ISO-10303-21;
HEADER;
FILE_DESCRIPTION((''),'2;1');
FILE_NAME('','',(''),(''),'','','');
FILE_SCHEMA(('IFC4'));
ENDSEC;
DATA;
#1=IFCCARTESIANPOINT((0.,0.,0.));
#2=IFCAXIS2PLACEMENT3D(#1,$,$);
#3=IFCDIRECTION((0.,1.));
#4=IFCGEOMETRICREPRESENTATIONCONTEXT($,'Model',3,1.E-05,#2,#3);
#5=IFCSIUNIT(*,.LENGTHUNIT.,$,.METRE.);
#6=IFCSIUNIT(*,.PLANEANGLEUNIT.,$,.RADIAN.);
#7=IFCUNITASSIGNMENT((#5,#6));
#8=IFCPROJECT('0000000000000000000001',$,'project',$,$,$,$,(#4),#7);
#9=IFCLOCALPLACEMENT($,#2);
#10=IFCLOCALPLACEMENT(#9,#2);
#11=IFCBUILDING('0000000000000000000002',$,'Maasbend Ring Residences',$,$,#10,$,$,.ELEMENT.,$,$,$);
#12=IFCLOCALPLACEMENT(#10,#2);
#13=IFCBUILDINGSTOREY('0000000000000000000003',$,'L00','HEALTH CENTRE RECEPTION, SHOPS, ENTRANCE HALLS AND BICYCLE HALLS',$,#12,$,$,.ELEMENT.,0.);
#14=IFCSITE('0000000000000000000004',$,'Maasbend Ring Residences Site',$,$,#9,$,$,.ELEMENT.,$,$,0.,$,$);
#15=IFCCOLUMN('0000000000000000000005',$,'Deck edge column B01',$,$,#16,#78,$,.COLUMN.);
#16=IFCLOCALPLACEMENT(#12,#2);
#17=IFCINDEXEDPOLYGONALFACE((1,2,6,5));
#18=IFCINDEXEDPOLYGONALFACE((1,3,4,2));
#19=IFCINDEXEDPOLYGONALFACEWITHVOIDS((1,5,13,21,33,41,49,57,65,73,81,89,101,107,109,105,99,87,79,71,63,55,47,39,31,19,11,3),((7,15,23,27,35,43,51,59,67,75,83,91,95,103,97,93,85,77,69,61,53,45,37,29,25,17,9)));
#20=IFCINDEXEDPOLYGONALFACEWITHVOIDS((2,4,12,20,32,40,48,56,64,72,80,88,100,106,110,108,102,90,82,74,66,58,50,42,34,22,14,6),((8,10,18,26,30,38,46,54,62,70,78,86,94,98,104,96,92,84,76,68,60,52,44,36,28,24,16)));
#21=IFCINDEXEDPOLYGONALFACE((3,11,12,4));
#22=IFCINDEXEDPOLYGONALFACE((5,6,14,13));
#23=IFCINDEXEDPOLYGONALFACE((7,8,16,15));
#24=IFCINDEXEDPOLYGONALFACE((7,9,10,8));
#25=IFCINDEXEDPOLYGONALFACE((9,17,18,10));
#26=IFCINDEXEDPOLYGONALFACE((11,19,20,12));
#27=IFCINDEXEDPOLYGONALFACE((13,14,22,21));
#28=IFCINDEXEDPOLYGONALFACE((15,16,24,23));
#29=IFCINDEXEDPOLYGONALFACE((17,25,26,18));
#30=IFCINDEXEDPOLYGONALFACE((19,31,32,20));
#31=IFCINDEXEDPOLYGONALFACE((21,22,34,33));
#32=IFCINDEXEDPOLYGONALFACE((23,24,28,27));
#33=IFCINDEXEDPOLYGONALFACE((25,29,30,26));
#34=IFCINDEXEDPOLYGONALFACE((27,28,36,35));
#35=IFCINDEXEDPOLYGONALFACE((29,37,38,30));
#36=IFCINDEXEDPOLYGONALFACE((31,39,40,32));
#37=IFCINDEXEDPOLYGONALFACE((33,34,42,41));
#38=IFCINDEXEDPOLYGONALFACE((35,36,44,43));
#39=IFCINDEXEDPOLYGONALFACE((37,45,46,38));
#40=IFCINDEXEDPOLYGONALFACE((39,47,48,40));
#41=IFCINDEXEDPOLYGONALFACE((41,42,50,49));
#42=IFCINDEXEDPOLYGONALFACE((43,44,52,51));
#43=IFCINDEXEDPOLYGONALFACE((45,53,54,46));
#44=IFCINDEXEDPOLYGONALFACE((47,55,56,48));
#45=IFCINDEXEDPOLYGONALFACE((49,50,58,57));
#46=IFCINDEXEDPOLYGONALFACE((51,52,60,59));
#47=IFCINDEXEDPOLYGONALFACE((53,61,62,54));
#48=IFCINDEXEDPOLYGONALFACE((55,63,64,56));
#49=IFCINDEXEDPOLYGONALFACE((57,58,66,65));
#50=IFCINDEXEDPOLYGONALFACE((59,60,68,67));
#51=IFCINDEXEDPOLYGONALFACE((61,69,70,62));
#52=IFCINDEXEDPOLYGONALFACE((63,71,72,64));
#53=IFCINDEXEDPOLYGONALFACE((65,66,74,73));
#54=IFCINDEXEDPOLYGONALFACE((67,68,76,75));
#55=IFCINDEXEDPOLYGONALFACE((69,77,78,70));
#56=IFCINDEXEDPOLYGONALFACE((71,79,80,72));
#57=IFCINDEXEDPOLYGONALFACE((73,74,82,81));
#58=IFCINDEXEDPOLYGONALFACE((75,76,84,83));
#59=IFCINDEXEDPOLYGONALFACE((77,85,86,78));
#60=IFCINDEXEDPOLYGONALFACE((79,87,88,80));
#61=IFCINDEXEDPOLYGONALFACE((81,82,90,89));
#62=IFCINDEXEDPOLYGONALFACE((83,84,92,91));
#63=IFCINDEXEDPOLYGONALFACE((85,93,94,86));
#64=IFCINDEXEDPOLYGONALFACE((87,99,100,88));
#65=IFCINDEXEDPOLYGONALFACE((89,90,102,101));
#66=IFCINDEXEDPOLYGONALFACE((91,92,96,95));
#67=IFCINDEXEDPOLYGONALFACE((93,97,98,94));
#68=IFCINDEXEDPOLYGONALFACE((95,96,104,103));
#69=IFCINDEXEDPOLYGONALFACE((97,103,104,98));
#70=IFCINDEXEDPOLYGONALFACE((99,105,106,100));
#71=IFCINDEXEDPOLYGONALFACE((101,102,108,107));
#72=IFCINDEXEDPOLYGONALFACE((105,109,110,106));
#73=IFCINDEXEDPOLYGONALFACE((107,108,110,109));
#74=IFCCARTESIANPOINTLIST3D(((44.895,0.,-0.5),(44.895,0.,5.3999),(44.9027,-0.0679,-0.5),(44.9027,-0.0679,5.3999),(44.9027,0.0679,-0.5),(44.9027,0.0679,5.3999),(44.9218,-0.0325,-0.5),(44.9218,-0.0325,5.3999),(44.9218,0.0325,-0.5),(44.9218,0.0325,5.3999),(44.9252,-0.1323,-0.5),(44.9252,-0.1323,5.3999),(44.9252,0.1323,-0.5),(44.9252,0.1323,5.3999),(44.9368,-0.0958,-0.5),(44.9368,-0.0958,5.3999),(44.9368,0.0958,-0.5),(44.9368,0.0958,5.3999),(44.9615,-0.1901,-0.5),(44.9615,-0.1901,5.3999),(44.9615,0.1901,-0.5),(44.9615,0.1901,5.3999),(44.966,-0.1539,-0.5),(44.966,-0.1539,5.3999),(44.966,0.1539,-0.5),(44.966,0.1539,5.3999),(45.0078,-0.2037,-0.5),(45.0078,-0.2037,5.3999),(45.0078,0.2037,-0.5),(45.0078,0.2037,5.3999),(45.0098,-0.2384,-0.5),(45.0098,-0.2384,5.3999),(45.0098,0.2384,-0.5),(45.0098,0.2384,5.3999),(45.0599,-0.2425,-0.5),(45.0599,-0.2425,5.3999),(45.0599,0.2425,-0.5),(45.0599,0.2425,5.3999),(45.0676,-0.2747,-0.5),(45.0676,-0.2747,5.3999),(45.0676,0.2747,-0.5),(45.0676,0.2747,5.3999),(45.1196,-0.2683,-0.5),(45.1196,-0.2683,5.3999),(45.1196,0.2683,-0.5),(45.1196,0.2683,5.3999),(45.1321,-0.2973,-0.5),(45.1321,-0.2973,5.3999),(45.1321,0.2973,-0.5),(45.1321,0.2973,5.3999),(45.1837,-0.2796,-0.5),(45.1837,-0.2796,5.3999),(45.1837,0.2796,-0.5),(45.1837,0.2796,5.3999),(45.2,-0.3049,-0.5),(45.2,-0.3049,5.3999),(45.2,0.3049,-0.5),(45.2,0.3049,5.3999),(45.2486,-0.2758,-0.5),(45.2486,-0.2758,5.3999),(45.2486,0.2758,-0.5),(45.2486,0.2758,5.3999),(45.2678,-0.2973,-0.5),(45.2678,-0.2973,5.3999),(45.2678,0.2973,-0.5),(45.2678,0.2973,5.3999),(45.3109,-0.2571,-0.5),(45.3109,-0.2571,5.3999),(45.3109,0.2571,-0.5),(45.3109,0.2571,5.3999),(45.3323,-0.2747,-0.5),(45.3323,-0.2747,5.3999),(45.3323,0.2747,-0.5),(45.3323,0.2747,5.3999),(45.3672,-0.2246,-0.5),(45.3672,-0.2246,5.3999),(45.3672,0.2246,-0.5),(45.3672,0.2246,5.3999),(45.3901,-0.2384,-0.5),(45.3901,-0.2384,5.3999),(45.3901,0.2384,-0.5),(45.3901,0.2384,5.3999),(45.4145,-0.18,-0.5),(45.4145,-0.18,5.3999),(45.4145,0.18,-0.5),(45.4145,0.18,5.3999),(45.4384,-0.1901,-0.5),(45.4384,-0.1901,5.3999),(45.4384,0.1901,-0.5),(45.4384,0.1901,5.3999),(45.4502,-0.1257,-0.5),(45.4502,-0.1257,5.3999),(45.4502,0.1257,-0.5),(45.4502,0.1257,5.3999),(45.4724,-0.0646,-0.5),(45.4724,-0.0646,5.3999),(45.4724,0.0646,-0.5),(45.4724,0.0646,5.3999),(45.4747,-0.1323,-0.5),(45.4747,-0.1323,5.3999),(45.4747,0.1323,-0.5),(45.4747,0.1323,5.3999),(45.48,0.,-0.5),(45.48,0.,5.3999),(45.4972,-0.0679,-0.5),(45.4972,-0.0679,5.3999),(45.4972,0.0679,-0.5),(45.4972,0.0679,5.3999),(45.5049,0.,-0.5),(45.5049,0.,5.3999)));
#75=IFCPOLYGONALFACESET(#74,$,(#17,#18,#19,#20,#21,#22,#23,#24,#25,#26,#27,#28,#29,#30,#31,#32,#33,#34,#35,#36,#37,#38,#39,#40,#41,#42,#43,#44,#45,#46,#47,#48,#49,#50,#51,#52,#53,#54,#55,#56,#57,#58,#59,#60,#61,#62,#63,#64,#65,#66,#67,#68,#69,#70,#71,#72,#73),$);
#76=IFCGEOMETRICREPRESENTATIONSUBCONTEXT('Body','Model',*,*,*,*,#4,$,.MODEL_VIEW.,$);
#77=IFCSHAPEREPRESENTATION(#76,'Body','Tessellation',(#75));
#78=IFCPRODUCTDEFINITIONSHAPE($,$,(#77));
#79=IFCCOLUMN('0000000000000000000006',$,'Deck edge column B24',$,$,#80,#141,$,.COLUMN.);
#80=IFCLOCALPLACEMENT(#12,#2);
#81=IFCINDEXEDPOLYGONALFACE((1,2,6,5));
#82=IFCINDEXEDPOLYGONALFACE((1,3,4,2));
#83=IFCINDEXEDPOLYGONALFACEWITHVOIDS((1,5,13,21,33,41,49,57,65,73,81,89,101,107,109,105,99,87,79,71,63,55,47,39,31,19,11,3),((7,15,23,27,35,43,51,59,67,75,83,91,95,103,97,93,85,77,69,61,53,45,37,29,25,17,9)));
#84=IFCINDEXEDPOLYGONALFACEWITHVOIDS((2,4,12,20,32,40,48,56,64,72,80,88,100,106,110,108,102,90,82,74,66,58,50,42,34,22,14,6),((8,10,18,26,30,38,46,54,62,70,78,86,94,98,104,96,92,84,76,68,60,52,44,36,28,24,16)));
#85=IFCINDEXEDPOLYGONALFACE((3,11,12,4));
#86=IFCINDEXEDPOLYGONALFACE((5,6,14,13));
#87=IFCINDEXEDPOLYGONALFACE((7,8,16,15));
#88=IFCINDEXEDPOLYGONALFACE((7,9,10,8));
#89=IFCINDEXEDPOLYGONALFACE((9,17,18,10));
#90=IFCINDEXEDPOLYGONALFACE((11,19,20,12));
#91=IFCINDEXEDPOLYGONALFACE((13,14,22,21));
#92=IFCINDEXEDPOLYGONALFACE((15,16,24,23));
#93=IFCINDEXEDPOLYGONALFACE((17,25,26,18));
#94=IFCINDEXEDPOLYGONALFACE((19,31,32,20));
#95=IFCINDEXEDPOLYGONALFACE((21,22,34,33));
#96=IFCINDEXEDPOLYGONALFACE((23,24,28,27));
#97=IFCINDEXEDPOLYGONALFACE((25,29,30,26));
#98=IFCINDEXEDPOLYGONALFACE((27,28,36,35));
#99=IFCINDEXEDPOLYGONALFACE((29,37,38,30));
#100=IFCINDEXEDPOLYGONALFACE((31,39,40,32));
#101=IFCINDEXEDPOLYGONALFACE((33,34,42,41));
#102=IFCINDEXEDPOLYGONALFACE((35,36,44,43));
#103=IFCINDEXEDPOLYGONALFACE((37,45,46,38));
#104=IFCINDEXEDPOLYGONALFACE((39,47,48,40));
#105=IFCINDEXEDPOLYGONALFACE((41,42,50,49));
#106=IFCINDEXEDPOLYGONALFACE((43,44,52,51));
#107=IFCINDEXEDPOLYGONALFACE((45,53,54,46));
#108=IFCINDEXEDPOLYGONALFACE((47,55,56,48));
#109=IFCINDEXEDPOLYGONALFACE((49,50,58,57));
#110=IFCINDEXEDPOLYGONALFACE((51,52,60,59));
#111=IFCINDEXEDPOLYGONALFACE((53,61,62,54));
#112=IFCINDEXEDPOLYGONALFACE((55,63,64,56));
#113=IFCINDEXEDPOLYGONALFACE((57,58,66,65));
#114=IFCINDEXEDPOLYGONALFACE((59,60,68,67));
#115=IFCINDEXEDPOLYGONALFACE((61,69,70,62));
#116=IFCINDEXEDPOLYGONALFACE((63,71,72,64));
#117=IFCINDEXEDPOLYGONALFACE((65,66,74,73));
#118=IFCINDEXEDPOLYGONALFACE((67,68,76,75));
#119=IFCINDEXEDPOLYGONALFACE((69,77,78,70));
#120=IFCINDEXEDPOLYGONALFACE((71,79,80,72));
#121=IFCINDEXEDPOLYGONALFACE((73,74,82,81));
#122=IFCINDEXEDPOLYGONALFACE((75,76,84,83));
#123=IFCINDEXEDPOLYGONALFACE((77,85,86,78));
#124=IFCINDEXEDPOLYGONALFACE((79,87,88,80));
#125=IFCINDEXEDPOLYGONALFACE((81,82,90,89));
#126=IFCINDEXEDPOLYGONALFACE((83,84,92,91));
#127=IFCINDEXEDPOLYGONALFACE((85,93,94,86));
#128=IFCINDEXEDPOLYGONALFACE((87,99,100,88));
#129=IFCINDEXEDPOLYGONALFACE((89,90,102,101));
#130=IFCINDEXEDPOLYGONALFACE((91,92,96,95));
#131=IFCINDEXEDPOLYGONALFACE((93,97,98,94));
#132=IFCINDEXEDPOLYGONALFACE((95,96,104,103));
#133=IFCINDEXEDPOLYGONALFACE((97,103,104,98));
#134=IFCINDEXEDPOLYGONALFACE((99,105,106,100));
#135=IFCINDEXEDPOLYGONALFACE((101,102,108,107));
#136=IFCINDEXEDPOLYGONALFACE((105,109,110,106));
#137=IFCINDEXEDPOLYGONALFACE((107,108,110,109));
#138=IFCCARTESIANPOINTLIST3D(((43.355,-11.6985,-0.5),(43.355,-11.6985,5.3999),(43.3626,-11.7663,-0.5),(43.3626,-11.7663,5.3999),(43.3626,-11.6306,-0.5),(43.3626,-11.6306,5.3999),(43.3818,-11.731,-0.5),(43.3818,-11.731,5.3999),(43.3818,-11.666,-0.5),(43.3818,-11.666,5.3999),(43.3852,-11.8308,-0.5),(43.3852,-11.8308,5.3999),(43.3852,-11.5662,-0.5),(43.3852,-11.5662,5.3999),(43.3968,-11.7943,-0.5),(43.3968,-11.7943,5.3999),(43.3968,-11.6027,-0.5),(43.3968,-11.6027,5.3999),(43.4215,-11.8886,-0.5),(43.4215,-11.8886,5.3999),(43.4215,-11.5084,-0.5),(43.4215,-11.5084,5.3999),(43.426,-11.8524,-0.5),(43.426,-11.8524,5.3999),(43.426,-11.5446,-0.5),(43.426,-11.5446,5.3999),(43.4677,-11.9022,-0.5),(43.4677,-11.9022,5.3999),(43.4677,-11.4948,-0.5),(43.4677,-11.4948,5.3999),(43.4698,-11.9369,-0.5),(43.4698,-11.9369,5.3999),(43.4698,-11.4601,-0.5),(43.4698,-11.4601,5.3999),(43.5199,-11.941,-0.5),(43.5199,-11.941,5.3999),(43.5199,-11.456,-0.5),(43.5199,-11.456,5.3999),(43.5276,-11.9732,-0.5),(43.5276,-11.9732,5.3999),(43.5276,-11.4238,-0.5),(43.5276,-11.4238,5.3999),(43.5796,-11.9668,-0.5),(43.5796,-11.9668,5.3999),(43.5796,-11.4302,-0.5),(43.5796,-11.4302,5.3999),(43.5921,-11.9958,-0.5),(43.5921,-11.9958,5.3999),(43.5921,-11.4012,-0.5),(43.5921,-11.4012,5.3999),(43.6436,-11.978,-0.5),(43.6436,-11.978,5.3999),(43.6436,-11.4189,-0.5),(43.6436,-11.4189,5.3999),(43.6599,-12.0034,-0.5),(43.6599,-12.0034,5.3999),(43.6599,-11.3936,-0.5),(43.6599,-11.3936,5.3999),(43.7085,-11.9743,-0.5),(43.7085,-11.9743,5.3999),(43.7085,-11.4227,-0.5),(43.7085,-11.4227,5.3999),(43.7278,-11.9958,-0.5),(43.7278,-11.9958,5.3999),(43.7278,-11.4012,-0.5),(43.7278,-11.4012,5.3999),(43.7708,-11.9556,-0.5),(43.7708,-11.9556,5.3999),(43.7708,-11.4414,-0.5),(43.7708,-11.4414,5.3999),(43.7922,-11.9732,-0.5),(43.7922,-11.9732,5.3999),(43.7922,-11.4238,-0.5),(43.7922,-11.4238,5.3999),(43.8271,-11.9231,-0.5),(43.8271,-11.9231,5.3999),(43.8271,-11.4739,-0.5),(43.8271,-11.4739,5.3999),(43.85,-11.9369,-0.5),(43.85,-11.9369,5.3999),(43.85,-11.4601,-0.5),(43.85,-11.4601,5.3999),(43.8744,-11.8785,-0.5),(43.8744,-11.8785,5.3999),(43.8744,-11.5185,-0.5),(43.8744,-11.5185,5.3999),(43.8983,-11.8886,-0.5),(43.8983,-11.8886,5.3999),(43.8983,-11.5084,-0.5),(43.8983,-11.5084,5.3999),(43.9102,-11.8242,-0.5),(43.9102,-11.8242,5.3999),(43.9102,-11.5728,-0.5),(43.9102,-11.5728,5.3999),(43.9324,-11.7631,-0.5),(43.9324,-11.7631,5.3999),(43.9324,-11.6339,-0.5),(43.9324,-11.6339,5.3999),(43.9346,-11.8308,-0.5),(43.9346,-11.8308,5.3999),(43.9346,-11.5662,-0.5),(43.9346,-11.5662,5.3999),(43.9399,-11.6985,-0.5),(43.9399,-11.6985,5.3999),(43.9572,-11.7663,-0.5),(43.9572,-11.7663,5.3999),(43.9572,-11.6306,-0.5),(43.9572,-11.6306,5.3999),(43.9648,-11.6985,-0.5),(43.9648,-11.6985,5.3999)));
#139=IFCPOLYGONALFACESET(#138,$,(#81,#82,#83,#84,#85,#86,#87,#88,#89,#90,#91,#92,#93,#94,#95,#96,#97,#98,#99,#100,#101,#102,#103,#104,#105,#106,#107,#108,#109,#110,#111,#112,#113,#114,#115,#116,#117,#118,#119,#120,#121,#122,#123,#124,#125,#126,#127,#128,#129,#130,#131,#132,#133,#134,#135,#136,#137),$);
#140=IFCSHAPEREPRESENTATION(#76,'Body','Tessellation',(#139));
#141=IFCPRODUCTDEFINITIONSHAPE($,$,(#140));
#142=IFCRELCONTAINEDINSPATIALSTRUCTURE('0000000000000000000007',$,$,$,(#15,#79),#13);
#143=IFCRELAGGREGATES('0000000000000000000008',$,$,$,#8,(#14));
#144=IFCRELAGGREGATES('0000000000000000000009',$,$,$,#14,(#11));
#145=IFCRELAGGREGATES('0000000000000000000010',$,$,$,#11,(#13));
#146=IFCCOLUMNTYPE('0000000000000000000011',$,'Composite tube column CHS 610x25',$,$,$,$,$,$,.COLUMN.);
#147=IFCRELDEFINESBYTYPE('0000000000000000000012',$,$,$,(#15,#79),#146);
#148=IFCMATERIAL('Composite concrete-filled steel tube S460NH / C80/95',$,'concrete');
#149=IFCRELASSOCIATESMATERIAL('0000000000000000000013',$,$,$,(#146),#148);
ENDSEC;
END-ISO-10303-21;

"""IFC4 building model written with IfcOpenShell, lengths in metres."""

from ifc_helpers import new_model, si_unit, direction, frame, origin, origin_2d, place, context, subcontext, project, spatial, hollow_circle, extrude, material, material_profile, profile_set, type_object, element, save


model = new_model("IFC4")

# Units and contexts
model_context = context("Model", 3, precision=1e-05, world=origin(), true_north=direction((0.0, 1.0)))
body_context = subcontext(model_context, "Body", "Model", "MODEL_VIEW")
ifc_project = project(units=[si_unit("LENGTHUNIT", "METRE"), si_unit("PLANEANGLEUNIT", "RADIAN")], contexts=[model_context])

# Site, building, storey
site_placement = place(None, origin())
site = spatial("IfcSite", under=ifc_project, at=site_placement, Name="Maasbend Ring Residences Site", CompositionType="ELEMENT", RefElevation=0.0)
building_placement = place(site_placement, origin())
building = spatial("IfcBuilding", under=site, at=building_placement, Name="Maasbend Ring Residences", CompositionType="ELEMENT")
storey_placement = place(building_placement, origin())
storey = spatial("IfcBuildingStorey", under=building, at=storey_placement, Name="L00", Description="HEALTH CENTRE RECEPTION, SHOPS, ENTRANCE HALLS AND BICYCLE HALLS", CompositionType="ELEMENT", Elevation=0.0)

# Columns
ifc_material_1 = material(Name="Composite concrete-filled steel tube S460NH / C80/95", Category="concrete")
ifc_material_profile_1 = material_profile(ifc_material_1, hollow_circle(Radius=0.3049, WallThickness=0.0249, at=origin_2d()), Name="Composite tube column CHS 610x25")
ifc_profile_set_1 = profile_set([ifc_material_profile_1], Name="Composite concrete-filled steel tube S460NH / C80/95")
column_type_1 = type_object("IfcColumnType", Name="Composite tube column CHS 610x25", PredefinedType="COLUMN", material=ifc_profile_set_1)
for number, where, z_axis, x_axis, name in (
    (1, (45.2, 0.0, -0.5), (0.0, 0.0, 1.0), (1.0, 0.0, 0.0), "Deck edge column B01"),
    (2, (43.6599, -11.6985, -0.5), (0.0, 0.0, 1.0), (1.0, 0.0, 0.0), "Deck edge column B24"),
):
    element("IfcColumn", number, at=place(storey_placement, frame(where, z_axis=z_axis, x_axis=x_axis)), inside=storey, type_object=column_type_1, Name=name, PredefinedType="COLUMN", context=body_context, shape_type="SweptSolid", body=[
        extrude(hollow_circle(Radius=0.3049, WallThickness=0.0249, at=origin_2d()), origin(), (0.0, 0.0, 1.0), 5.8999),
    ])

save(model, "model.ifc")
